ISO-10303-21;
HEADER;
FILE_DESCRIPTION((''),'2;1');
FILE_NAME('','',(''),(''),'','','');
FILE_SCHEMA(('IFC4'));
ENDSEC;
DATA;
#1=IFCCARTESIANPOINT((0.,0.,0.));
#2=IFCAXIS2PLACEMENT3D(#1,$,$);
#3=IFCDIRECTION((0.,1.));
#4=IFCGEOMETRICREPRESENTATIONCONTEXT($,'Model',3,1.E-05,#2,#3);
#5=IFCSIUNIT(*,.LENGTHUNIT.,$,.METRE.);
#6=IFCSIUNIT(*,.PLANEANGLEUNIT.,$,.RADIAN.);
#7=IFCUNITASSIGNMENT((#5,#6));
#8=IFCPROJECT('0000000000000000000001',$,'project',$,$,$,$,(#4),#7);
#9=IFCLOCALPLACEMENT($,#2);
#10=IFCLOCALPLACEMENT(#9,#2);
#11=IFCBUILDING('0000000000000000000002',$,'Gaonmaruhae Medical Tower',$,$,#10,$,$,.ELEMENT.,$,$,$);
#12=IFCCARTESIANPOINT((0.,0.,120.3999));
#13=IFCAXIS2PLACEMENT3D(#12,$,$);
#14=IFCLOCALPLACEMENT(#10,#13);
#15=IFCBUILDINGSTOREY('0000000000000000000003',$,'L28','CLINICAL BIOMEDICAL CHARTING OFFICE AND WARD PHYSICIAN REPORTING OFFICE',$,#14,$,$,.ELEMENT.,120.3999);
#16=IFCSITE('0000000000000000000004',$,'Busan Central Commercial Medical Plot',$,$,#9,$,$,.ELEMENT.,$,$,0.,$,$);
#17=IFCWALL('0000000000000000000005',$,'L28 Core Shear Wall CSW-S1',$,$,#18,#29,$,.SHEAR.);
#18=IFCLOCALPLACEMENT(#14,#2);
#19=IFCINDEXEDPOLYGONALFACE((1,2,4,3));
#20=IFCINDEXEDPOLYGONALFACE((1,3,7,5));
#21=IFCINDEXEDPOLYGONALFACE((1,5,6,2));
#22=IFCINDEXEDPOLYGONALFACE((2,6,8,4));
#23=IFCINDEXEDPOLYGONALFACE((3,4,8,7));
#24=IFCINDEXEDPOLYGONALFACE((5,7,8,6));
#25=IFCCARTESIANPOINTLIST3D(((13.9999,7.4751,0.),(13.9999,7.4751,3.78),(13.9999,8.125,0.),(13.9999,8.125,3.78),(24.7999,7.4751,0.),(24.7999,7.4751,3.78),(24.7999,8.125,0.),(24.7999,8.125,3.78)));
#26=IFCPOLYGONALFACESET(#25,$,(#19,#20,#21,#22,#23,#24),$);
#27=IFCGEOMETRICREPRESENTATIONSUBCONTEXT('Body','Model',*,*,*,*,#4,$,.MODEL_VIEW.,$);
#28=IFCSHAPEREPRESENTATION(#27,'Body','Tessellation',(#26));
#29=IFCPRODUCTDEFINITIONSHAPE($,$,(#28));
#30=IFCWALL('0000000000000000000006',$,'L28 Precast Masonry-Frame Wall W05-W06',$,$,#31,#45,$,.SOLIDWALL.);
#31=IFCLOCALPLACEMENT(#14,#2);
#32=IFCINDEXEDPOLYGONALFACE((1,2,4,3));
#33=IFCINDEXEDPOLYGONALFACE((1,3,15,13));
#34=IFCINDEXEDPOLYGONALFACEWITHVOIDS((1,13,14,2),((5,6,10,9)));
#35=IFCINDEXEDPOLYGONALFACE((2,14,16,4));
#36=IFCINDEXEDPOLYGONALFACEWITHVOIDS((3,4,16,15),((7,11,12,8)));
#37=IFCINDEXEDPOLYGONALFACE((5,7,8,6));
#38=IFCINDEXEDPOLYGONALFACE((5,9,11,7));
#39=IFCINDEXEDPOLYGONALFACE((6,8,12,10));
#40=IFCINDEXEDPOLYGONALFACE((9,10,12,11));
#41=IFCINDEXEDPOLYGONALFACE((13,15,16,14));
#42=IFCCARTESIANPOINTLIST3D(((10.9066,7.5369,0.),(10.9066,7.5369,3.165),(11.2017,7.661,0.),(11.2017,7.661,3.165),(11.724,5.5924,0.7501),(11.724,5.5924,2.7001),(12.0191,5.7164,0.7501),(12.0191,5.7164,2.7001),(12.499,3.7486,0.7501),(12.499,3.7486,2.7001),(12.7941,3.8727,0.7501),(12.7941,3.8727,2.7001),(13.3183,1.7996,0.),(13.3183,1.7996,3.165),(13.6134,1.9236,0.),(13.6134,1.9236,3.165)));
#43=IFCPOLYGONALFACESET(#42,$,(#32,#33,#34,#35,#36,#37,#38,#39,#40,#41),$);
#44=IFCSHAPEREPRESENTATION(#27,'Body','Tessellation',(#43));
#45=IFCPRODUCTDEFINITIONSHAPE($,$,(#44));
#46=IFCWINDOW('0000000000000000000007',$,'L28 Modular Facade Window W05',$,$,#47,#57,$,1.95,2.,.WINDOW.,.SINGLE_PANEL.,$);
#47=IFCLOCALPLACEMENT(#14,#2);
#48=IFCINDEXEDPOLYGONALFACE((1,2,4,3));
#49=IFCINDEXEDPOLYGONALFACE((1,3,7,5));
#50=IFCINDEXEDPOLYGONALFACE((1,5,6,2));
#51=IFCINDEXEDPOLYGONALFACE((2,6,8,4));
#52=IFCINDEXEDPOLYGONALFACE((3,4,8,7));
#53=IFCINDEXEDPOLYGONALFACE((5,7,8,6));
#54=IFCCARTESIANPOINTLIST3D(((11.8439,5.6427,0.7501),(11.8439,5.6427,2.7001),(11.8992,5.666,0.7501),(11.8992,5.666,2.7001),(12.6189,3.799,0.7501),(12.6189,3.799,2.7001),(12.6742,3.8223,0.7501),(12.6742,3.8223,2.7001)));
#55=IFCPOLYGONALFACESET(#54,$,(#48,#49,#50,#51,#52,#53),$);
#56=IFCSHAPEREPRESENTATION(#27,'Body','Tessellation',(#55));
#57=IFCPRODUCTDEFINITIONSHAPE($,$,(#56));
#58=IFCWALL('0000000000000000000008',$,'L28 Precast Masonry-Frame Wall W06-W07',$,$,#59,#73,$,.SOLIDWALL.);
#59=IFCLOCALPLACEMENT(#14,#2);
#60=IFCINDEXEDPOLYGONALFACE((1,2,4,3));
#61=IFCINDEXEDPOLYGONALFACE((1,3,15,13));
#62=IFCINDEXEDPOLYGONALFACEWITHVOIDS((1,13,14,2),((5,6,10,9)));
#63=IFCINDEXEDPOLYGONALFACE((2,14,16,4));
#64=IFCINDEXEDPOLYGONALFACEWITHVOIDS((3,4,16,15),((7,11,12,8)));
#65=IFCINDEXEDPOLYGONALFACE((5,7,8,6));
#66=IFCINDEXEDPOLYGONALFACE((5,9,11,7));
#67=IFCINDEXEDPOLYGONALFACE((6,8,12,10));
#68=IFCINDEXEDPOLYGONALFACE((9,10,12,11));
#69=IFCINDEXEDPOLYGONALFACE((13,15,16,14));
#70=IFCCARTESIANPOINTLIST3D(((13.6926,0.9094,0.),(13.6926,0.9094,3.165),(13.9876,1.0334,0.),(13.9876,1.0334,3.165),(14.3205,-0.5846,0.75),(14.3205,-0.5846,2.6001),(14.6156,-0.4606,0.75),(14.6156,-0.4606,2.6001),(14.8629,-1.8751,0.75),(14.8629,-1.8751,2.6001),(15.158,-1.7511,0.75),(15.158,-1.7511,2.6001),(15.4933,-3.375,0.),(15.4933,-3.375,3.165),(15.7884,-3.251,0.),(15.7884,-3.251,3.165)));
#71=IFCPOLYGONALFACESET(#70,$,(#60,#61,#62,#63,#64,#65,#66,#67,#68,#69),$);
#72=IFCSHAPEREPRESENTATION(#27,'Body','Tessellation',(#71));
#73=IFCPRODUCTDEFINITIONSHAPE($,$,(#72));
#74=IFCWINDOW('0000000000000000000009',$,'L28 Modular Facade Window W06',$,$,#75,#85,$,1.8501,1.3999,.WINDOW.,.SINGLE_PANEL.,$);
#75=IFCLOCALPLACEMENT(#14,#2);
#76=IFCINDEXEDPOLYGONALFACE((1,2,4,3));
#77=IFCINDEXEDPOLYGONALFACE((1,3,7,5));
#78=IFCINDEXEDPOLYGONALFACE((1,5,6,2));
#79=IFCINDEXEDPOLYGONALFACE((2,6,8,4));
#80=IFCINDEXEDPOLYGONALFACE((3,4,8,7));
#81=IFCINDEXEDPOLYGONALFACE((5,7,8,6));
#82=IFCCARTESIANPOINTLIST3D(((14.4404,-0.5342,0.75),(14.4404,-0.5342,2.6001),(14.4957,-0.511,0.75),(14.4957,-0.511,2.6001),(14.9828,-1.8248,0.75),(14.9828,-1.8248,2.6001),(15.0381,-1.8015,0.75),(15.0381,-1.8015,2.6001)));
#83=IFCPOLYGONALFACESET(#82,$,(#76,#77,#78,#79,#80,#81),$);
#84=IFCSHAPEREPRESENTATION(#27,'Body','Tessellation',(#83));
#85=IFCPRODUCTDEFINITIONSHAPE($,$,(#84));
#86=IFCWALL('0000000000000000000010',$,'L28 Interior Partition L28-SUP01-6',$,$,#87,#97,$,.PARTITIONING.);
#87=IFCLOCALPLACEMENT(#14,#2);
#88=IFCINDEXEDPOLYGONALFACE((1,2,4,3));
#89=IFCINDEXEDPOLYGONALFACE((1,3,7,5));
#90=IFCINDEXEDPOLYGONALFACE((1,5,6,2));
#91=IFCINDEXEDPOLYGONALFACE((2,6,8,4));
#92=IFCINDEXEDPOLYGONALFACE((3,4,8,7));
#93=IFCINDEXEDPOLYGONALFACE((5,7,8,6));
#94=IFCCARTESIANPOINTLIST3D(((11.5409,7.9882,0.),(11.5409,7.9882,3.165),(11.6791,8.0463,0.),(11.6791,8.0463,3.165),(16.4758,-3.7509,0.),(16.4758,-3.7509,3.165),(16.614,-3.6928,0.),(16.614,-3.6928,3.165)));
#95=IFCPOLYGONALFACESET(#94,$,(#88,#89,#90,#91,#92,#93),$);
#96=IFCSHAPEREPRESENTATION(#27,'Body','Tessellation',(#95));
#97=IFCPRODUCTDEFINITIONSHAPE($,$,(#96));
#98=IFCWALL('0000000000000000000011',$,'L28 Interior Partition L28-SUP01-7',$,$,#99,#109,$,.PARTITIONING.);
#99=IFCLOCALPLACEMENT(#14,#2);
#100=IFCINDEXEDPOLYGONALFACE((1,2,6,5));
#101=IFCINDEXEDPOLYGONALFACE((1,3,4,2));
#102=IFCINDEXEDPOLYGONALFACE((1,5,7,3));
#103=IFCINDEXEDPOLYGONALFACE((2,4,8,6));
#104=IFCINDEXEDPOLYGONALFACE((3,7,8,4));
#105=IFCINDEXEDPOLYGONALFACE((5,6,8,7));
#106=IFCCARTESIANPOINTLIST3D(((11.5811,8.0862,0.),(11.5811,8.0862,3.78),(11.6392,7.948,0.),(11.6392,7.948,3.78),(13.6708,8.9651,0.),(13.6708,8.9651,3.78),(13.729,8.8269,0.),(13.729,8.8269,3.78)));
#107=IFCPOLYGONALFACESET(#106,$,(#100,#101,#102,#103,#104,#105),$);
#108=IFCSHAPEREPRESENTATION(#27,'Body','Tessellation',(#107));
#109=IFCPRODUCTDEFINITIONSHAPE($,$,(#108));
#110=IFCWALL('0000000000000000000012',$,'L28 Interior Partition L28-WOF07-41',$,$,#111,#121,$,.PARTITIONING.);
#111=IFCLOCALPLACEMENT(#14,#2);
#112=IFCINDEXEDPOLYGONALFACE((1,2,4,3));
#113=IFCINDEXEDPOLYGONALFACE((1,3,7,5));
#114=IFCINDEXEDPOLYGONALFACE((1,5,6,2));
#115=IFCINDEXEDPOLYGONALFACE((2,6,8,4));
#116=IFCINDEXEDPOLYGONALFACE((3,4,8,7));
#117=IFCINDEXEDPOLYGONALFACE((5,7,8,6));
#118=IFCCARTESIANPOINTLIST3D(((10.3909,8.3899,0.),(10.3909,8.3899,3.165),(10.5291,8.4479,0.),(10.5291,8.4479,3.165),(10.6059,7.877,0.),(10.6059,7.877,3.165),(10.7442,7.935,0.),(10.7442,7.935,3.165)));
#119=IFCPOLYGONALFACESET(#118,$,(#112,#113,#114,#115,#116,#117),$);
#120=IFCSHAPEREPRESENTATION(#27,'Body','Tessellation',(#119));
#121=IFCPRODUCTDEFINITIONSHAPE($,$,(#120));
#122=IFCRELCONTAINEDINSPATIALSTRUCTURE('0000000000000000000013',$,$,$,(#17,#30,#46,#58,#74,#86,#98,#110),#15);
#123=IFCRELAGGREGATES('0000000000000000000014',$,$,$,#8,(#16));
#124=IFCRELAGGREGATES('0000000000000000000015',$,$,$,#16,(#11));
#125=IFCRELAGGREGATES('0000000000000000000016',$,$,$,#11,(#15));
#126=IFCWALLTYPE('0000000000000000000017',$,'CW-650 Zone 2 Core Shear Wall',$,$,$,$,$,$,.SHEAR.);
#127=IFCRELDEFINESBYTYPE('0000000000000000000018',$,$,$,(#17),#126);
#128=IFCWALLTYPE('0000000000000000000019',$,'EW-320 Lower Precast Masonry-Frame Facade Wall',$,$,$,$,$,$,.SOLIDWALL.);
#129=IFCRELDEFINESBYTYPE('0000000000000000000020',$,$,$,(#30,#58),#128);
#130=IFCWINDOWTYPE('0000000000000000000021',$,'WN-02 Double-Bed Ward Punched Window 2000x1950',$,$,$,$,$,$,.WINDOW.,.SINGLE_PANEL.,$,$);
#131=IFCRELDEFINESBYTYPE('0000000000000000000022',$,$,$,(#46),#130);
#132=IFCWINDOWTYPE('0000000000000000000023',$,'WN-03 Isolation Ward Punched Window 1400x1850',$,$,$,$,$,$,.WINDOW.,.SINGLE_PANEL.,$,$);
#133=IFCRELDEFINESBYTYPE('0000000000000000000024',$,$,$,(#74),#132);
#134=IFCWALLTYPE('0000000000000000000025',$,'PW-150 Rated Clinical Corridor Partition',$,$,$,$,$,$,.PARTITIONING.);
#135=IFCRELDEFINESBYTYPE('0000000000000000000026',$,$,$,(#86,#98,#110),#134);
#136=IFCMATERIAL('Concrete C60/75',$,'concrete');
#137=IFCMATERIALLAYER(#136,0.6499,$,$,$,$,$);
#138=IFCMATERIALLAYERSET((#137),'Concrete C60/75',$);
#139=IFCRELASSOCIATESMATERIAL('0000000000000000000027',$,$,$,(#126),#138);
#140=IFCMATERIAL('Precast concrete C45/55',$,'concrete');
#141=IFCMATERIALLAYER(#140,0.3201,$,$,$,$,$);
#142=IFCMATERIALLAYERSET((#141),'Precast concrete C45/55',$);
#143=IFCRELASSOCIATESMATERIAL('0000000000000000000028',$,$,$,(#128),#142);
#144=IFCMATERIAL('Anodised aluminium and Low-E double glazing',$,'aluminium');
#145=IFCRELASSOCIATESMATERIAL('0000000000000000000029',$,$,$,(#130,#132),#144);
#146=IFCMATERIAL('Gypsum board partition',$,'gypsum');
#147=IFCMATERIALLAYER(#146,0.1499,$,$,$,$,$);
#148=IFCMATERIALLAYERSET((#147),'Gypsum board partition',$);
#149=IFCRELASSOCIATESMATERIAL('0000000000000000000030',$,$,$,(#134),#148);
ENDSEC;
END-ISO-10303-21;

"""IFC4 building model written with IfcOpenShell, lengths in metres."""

from ifc_helpers import new_model, si_unit, direction, frame, frame_2d, origin, place, context, subcontext, project, spatial, rectangle, extrude, material, layer, layer_set, type_object, element, fill, save


model = new_model("IFC4")

# Units and contexts
model_context = context("Model", 3, precision=1e-05, world=origin(), true_north=direction((0.0, 1.0)))
body_context = subcontext(model_context, "Body", "Model", "MODEL_VIEW")
ifc_project = project(units=[si_unit("LENGTHUNIT", "METRE"), si_unit("PLANEANGLEUNIT", "RADIAN")], contexts=[model_context])

# Site, building, storey
site_placement = place(None, origin())
site = spatial("IfcSite", under=ifc_project, at=site_placement, Name="Busan Central Commercial Medical Plot", CompositionType="ELEMENT", RefElevation=0.0)
building_placement = place(site_placement, origin())
building = spatial("IfcBuilding", under=site, at=building_placement, Name="Gaonmaruhae Medical Tower", CompositionType="ELEMENT")
storey_placement = place(building_placement, frame((0.0, 0.0, 120.3999)))
storey = spatial("IfcBuildingStorey", under=building, at=storey_placement, Name="L28", Description="CLINICAL BIOMEDICAL CHARTING OFFICE AND WARD PHYSICIAN REPORTING OFFICE", CompositionType="ELEMENT", Elevation=120.3999)

# Shared definitions
ifc_material_1 = material(Name="Concrete C60/75", Category="concrete")

# Wall
ifc_layer_1 = layer(ifc_material_1, 0.6499)
ifc_layer_set_1 = layer_set([ifc_layer_1], Name="Concrete C60/75")
wall_type_1 = type_object("IfcWallType", Name="CW-650 Zone 2 Core Shear Wall", PredefinedType="SHEAR", material=ifc_layer_set_1)
wall_1_placement = place(storey_placement, frame((14.0, 7.8, 0.0), z_axis=(0.0, 0.0, 1.0), x_axis=(1.0, 0.0, 0.0)))
element("IfcWall", 1, at=wall_1_placement, inside=storey, type_object=wall_type_1, Name="L28 Core Shear Wall CSW-S1", PredefinedType="SHEAR", context=body_context, shape_type="SweptSolid", body=[
    extrude(rectangle(XDim=10.8, YDim=0.6499, at=frame_2d((5.3999, 0.0))), origin(), (0.0, 0.0, 1.0), 3.78),
])

# Walls, openings, windows
ifc_material_2 = material(Name="Precast concrete C45/55", Category="concrete")
ifc_layer_2 = layer(ifc_material_2, 0.3201)
ifc_layer_set_2 = layer_set([ifc_layer_2], Name="Precast concrete C45/55")
wall_type_2 = type_object("IfcWallType", Name="EW-320 Lower Precast Masonry-Frame Facade Wall", PredefinedType="SOLIDWALL", material=ifc_layer_set_2)
wall_2_placement = place(storey_placement, frame((13.4658, 1.8616, 0.0), z_axis=(0.0, 0.0, 1.0), x_axis=(-0.387499, 0.92187, 0.0)))
wall_2 = element("IfcWall", 2, at=wall_2_placement, inside=storey, type_object=wall_type_2, Name="L28 Precast Masonry-Frame Wall W05-W06", PredefinedType="SOLIDWALL", context=body_context, shape_type="SweptSolid", body=[
    extrude(rectangle(XDim=6.2236, YDim=0.3201, at=frame_2d((3.1118, 0.0))), origin(), (0.0, 0.0, 1.0), 3.165),
])
opening_1_placement = place(wall_2_placement, frame((2.1143, 0.0, 0.75)))
opening_1 = element("IfcOpeningElement", 3, at=opening_1_placement, cuts=wall_2, PredefinedType="OPENING", context=body_context, shape_type="SweptSolid", body=[
    extrude(rectangle(XDim=2.0, YDim=1.95, at=frame_2d((1.0, 0.9751))), frame((0.0, 0.1699, 0.0), z_axis=(0.0, -1.0, 0.0), x_axis=(1.0, 0.0, 0.0)), (0.0, 0.0, 1.0), 0.3401),
])
ifc_material_3 = material(Name="Anodised aluminium and Low-E double glazing", Category="aluminium")
window_type_1 = type_object("IfcWindowType", Name="WN-02 Double-Bed Ward Punched Window 2000x1950", PartitioningType="SINGLE_PANEL", PredefinedType="WINDOW", material=ifc_material_3)
window_1_placement = place(opening_1_placement, origin())
window_1 = element("IfcWindow", 4, at=window_1_placement, inside=storey, type_object=window_type_1, Name="L28 Modular Facade Window W05", OverallHeight=1.95, OverallWidth=2.0, PartitioningType="SINGLE_PANEL", PredefinedType="WINDOW", context=body_context, shape_type="SweptSolid", body=[
    extrude(rectangle(XDim=2.0, YDim=1.95, at=frame_2d((1.0, 0.9751))), frame((0.0, 0.03, 0.0), z_axis=(0.0, -1.0, 0.0), x_axis=(1.0, 0.0, 0.0)), (0.0, 0.0, 1.0), 0.0601),
])
fill(opening_1, window_1)
wall_3_placement = place(storey_placement, frame((15.6409, -3.313, 0.0), z_axis=(0.0, 0.0, 1.0), x_axis=(-0.387474, 0.92188, 0.0)))
wall_3 = element("IfcWall", 5, at=wall_3_placement, inside=storey, type_object=wall_type_2, Name="L28 Precast Masonry-Frame Wall W06-W07", PredefinedType="SOLIDWALL", context=body_context, shape_type="SweptSolid", body=[
    extrude(rectangle(XDim=4.6475, YDim=0.3201, at=frame_2d((2.3237, 0.0))), origin(), (0.0, 0.0, 1.0), 3.165),
])
opening_2_placement = place(wall_3_placement, frame((1.627, 0.0, 0.75)))
opening_2 = element("IfcOpeningElement", 6, at=opening_2_placement, cuts=wall_3, PredefinedType="OPENING", context=body_context, shape_type="SweptSolid", body=[
    extrude(rectangle(XDim=1.3999, YDim=1.8501, at=frame_2d((0.7, 0.925))), frame((0.0, 0.1699, 0.0), z_axis=(0.0, -1.0, 0.0), x_axis=(1.0, 0.0, 0.0)), (0.0, 0.0, 1.0), 0.3401),
])
window_type_2 = type_object("IfcWindowType", Name="WN-03 Isolation Ward Punched Window 1400x1850", PartitioningType="SINGLE_PANEL", PredefinedType="WINDOW", material=ifc_material_3)
window_2_placement = place(opening_2_placement, origin())
window_2 = element("IfcWindow", 7, at=window_2_placement, inside=storey, type_object=window_type_2, Name="L28 Modular Facade Window W06", OverallHeight=1.8501, OverallWidth=1.3999, PartitioningType="SINGLE_PANEL", PredefinedType="WINDOW", context=body_context, shape_type="SweptSolid", body=[
    extrude(rectangle(XDim=1.3999, YDim=1.8501, at=frame_2d((0.7, 0.925))), frame((0.0, 0.03, 0.0), z_axis=(0.0, -1.0, 0.0), x_axis=(1.0, 0.0, 0.0)), (0.0, 0.0, 1.0), 0.0601),
])
fill(opening_2, window_2)

# Walls
ifc_material_4 = material(Name="Gypsum board partition", Category="gypsum")
ifc_layer_3 = layer(ifc_material_4, 0.1499)
ifc_layer_set_3 = layer_set([ifc_layer_3], Name="Gypsum board partition")
wall_type_3 = type_object("IfcWallType", Name="PW-150 Rated Clinical Corridor Partition", PredefinedType="PARTITIONING", material=ifc_layer_set_3)
wall_4_placement = place(storey_placement, frame((16.5449, -3.7219, 0.0), z_axis=(0.0, 0.0, 1.0), x_axis=(-0.387528, 0.921858, 0.0)))
element("IfcWall", 8, at=wall_4_placement, inside=storey, type_object=wall_type_3, Name="L28 Interior Partition L28-SUP01-6", PredefinedType="PARTITIONING", context=body_context, shape_type="SweptSolid", body=[
    extrude(rectangle(XDim=12.7341, YDim=0.1499, at=frame_2d((6.3672, 0.0))), origin(), (0.0, 0.0, 1.0), 3.165),
])
wall_5_placement = place(storey_placement, frame((11.6101, 8.0171, 0.0), z_axis=(0.0, 0.0, 1.0), x_axis=(0.921797, 0.387672, 0.0)))
element("IfcWall", 9, at=wall_5_placement, inside=storey, type_object=wall_type_3, Name="L28 Interior Partition L28-SUP01-7", PredefinedType="PARTITIONING", context=body_context, shape_type="SweptSolid", body=[
    extrude(rectangle(XDim=2.2671, YDim=0.1499, at=frame_2d((1.1335, 0.0))), origin(), (0.0, 0.0, 1.0), 3.78),
])
wall_6_placement = place(storey_placement, frame((10.675, 7.906, 0.0), z_axis=(0.0, 0.0, 1.0), x_axis=(-0.386703, 0.922204, 0.0)))
element("IfcWall", 10, at=wall_6_placement, inside=storey, type_object=wall_type_3, Name="L28 Interior Partition L28-WOF07-41", PredefinedType="PARTITIONING", context=body_context, shape_type="SweptSolid", body=[
    extrude(rectangle(XDim=0.5562, YDim=0.1499, at=frame_2d((0.2781, 0.0))), origin(), (0.0, 0.0, 1.0), 3.165),
])

save(model, "model.ifc")
